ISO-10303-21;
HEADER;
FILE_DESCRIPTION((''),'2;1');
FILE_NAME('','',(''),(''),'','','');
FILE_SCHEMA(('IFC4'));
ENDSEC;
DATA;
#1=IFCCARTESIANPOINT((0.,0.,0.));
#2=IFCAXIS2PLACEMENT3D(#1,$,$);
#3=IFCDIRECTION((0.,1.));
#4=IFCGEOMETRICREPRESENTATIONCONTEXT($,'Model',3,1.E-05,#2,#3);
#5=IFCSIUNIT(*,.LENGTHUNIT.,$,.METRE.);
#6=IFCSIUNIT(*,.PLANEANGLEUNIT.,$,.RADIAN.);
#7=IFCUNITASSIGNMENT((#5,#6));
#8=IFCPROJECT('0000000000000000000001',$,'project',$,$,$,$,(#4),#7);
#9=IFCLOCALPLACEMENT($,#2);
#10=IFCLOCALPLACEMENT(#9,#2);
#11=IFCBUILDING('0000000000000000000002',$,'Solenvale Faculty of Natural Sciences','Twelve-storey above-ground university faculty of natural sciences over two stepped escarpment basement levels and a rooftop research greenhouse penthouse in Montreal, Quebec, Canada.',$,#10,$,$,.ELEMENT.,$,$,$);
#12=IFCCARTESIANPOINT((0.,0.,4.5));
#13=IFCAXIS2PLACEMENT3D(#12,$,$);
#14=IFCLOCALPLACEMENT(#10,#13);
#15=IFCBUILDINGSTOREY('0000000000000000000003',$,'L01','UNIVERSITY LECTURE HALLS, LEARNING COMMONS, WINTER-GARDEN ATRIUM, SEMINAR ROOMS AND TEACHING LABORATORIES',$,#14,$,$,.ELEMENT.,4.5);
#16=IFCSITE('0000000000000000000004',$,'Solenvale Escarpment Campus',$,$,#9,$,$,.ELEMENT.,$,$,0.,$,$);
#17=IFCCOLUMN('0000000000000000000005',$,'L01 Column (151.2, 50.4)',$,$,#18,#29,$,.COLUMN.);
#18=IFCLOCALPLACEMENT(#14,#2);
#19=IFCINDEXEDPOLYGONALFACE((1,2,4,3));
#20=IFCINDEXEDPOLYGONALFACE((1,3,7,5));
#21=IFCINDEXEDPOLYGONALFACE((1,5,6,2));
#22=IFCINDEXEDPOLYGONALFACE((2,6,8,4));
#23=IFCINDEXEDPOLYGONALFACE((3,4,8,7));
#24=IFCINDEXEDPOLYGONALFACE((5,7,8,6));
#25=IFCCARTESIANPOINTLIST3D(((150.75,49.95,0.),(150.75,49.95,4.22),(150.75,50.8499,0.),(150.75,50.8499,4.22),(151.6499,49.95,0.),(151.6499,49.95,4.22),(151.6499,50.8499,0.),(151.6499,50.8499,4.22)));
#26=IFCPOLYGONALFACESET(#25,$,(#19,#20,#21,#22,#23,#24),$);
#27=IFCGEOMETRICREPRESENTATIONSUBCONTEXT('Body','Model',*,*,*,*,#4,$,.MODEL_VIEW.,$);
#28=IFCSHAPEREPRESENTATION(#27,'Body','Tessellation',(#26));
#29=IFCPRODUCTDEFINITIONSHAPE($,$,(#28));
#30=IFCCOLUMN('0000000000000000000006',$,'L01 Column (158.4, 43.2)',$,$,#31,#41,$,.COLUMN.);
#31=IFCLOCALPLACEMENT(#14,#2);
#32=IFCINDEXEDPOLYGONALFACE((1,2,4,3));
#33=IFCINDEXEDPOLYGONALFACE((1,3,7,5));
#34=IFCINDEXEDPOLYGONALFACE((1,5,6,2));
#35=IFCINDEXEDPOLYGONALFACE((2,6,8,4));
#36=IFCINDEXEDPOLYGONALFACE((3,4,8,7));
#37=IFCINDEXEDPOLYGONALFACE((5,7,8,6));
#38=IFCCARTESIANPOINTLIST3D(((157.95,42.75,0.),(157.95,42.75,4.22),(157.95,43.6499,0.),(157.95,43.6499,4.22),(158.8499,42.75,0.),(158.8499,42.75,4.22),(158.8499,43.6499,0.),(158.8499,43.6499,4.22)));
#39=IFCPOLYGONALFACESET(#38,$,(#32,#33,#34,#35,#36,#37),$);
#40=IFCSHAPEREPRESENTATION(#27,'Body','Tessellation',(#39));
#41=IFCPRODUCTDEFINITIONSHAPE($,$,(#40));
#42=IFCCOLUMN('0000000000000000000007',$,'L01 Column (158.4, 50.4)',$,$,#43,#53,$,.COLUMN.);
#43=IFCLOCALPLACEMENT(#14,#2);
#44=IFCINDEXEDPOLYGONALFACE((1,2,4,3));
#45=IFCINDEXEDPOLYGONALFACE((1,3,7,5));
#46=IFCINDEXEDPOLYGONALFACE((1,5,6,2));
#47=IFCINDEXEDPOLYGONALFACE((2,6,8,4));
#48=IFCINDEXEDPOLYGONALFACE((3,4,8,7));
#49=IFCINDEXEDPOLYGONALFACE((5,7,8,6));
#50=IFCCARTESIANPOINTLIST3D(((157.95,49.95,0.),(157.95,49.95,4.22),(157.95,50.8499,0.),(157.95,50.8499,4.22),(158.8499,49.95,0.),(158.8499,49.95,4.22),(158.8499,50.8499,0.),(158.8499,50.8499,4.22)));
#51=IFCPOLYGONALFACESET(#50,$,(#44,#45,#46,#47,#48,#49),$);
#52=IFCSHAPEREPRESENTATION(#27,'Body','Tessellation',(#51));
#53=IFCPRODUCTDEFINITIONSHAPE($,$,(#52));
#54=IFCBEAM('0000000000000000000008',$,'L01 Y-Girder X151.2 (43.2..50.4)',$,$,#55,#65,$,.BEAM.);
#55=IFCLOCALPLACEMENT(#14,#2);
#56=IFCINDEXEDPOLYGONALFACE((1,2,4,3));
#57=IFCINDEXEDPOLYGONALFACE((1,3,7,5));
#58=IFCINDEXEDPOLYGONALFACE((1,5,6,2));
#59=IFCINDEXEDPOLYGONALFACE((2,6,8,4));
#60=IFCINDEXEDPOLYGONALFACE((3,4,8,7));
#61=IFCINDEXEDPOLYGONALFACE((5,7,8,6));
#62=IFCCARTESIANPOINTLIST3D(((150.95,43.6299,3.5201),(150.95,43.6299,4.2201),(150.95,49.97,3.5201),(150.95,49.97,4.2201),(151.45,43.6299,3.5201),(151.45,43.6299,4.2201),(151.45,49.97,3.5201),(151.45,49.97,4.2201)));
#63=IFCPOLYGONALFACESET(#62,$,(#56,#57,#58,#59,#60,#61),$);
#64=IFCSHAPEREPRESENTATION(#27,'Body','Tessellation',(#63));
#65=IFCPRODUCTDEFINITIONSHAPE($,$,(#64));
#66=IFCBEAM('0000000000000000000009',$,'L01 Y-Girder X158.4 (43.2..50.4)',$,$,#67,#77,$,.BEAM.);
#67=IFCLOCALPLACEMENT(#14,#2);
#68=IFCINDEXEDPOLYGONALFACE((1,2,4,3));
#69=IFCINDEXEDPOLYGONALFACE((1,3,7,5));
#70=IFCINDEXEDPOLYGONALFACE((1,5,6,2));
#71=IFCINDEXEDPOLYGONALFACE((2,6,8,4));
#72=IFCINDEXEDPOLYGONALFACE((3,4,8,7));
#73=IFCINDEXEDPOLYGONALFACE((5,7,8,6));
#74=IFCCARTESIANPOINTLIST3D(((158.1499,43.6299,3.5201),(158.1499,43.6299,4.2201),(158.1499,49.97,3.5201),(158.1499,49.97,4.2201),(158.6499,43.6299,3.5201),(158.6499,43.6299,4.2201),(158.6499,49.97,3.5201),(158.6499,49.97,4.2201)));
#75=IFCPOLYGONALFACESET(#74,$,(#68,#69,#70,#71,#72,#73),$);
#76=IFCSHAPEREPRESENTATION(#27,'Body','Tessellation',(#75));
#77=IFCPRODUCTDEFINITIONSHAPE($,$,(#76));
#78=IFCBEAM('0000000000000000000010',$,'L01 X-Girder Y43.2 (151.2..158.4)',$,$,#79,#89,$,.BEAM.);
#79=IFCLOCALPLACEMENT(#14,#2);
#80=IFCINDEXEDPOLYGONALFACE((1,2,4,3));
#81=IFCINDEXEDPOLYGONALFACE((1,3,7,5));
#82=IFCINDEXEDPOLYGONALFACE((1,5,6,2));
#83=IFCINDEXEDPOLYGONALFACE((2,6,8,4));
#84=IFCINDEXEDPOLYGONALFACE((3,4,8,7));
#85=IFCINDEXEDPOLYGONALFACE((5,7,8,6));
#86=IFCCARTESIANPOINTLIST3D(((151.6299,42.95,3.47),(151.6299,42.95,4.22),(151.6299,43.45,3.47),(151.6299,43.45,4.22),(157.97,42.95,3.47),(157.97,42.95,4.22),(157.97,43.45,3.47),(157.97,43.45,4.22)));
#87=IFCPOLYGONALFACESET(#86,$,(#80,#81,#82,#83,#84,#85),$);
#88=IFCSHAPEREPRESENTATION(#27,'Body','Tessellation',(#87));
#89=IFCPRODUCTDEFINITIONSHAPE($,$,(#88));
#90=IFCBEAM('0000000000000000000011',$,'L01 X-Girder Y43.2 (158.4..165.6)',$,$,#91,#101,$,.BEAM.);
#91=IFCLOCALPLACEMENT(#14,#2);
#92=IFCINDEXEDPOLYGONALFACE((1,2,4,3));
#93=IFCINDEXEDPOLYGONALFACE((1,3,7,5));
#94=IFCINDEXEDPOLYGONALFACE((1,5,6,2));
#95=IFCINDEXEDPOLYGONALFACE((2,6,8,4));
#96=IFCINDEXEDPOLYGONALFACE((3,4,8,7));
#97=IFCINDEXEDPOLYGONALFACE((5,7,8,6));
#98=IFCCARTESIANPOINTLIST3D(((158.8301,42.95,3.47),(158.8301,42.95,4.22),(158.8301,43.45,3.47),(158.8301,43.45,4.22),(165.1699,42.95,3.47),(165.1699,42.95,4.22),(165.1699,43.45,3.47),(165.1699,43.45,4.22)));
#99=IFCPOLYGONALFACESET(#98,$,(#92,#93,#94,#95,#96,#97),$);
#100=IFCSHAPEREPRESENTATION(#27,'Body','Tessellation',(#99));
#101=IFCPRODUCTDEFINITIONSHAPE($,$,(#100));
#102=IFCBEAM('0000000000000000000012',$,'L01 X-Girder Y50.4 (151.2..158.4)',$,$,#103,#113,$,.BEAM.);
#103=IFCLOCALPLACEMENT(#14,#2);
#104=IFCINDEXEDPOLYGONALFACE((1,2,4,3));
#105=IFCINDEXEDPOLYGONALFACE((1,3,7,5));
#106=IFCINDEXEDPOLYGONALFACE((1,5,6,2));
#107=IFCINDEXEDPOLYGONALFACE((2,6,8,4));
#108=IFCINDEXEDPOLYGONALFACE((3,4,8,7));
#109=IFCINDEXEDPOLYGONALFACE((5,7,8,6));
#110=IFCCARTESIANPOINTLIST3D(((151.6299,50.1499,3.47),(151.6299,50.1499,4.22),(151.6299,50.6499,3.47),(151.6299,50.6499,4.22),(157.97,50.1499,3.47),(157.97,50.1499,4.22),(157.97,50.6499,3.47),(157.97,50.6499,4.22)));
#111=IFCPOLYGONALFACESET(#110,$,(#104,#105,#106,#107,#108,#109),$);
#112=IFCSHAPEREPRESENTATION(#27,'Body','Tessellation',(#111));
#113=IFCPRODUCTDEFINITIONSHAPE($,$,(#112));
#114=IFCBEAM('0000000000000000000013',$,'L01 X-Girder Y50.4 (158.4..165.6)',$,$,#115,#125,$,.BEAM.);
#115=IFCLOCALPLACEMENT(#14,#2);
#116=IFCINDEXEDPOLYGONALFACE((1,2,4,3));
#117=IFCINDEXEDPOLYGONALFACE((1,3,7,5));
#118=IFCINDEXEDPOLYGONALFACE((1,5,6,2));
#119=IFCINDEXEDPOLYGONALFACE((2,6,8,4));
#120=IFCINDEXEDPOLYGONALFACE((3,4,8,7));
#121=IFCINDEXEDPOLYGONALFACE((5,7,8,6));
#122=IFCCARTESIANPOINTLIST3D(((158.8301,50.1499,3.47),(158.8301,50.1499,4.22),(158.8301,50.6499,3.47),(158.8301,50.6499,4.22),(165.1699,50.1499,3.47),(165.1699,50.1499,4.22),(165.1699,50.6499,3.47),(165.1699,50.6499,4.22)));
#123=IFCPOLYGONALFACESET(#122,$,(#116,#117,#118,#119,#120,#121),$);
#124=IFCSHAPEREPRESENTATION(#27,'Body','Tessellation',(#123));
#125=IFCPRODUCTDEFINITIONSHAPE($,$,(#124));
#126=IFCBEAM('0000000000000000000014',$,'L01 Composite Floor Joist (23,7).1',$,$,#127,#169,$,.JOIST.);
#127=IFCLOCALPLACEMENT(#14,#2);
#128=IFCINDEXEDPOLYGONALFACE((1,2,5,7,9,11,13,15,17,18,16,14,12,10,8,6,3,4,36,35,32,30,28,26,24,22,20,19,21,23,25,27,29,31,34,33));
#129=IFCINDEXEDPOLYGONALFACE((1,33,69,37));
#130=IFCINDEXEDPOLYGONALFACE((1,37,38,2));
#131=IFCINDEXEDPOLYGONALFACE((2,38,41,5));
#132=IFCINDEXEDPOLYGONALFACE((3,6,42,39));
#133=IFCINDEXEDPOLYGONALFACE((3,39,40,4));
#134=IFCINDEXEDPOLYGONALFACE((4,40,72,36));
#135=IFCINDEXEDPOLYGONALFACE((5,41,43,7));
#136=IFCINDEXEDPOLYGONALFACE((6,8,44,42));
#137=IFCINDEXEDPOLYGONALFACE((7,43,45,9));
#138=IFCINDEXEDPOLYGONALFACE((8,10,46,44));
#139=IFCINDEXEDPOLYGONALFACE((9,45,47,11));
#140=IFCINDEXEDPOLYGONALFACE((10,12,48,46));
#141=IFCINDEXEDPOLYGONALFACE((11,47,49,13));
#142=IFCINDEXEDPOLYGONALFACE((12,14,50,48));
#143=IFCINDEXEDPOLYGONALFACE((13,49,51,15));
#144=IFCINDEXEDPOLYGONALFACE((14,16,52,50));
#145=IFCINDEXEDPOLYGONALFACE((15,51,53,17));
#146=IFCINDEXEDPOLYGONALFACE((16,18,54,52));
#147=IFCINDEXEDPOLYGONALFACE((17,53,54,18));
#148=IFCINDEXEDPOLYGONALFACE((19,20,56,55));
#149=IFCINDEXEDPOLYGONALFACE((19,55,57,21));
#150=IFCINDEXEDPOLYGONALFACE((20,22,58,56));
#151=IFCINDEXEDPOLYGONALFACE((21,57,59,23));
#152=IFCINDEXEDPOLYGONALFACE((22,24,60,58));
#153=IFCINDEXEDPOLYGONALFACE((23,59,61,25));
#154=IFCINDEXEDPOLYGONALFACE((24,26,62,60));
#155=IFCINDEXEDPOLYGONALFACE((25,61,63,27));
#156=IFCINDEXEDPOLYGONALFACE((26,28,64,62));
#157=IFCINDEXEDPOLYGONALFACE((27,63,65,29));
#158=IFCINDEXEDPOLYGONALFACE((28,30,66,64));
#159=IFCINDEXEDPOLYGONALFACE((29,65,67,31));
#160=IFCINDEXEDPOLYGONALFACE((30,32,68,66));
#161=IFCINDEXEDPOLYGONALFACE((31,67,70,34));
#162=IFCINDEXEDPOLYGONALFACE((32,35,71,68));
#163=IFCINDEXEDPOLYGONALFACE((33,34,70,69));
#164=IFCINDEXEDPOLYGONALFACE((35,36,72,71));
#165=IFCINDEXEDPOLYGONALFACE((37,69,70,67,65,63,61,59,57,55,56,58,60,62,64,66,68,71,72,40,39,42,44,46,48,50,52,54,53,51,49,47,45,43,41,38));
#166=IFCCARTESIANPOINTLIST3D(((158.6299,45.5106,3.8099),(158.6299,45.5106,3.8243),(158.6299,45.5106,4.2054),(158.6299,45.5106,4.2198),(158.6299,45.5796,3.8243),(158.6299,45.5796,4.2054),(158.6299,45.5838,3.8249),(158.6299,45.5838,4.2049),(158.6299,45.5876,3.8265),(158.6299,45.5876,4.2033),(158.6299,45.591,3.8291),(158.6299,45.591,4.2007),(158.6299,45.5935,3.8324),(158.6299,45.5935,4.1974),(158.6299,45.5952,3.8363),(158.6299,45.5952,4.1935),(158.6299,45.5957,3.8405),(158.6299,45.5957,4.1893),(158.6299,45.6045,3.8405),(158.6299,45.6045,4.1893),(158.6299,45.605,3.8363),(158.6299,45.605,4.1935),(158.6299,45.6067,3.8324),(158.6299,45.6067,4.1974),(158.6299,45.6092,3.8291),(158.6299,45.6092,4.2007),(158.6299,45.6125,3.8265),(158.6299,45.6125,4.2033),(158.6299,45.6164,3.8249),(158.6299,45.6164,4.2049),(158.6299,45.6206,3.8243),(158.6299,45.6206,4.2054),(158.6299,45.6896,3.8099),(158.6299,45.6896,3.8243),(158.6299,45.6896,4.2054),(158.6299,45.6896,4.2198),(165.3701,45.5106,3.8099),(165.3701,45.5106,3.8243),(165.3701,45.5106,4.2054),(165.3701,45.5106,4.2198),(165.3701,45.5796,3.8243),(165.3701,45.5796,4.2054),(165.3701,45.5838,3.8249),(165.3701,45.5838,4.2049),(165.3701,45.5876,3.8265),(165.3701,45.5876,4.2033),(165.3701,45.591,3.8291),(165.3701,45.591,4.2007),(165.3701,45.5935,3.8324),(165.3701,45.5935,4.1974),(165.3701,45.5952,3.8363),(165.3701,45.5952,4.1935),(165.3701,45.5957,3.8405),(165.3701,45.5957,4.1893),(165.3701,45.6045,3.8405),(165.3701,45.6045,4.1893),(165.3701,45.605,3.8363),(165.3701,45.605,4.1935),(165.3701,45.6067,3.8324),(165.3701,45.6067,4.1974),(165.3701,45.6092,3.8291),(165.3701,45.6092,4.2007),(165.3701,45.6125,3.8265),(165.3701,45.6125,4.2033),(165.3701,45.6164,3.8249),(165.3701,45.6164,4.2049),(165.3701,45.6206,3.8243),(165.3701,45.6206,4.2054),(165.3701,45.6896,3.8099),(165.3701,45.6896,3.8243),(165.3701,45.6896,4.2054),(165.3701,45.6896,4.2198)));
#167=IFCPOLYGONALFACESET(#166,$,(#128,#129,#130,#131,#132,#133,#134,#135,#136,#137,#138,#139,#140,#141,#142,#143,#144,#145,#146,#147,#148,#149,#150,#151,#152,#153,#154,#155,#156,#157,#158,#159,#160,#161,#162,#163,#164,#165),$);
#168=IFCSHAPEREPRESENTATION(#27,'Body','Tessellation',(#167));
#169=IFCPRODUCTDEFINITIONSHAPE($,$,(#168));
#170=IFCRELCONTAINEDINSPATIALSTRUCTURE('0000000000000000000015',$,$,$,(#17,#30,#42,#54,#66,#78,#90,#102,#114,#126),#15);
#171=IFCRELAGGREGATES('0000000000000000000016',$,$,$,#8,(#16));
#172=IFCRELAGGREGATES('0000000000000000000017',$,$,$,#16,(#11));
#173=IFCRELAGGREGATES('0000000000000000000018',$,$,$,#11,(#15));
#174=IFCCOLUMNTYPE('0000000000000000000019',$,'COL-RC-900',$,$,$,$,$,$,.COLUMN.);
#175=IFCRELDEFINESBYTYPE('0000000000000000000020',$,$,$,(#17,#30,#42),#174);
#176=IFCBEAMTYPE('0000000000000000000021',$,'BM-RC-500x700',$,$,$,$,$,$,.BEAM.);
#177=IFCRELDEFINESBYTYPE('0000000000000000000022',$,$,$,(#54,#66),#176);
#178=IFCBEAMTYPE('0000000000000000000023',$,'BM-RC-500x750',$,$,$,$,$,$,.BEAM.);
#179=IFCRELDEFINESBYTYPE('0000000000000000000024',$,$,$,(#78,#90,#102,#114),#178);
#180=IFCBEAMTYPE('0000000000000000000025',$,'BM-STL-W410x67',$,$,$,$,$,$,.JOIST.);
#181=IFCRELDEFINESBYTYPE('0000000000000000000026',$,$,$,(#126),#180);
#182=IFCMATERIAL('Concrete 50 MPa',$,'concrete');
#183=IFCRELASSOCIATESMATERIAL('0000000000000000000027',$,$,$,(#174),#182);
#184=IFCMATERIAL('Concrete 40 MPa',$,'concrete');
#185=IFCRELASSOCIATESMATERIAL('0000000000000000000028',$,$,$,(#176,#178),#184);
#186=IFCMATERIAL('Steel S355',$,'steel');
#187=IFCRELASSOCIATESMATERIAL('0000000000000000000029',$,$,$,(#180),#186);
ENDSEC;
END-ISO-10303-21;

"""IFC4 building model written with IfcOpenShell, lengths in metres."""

from ifc_helpers import new_model, si_unit, direction, frame, origin, origin_2d, place, context, subcontext, project, spatial, rectangle, i_section, extrude, material, material_profile, profile_set, type_object, element, save


model = new_model("IFC4")

# Units and contexts
model_context = context("Model", 3, precision=1e-05, world=origin(), true_north=direction((0.0, 1.0)))
body_context = subcontext(model_context, "Body", "Model", "MODEL_VIEW")
ifc_project = project(units=[si_unit("LENGTHUNIT", "METRE"), si_unit("PLANEANGLEUNIT", "RADIAN")], contexts=[model_context])

# Site, building, storey
site_placement = place(None, origin())
site = spatial("IfcSite", under=ifc_project, at=site_placement, Name="Solenvale Escarpment Campus", CompositionType="ELEMENT", RefElevation=0.0)
building_placement = place(site_placement, origin())
building = spatial("IfcBuilding", under=site, at=building_placement, Name="Solenvale Faculty of Natural Sciences", Description="Twelve-storey above-ground university faculty of natural sciences over two stepped escarpment basement levels and a rooftop research greenhouse penthouse in Montreal, Quebec, Canada.", CompositionType="ELEMENT")
storey_placement = place(building_placement, frame((0.0, 0.0, 4.5)))
storey = spatial("IfcBuildingStorey", under=building, at=storey_placement, Name="L01", Description="UNIVERSITY LECTURE HALLS, LEARNING COMMONS, WINTER-GARDEN ATRIUM, SEMINAR ROOMS AND TEACHING LABORATORIES", CompositionType="ELEMENT", Elevation=4.5)

# Columns
ifc_material_1 = material(Name="Concrete 50 MPa", Category="concrete")
ifc_material_profile_1 = material_profile(ifc_material_1, rectangle(XDim=0.8999, YDim=0.8999, at=origin_2d()), Name="RC-COL-900x900")
ifc_profile_set_1 = profile_set([ifc_material_profile_1], Name="Concrete 50 MPa")
column_type = type_object("IfcColumnType", Name="COL-RC-900", PredefinedType="COLUMN", material=ifc_profile_set_1)
for number, where, z_axis, x_axis, name in (
    (1, (151.2, 50.3999, 0.0), (0.0, 0.0, 1.0), (1.0, 0.0, 0.0), "L01 Column (151.2, 50.4)"),
    (2, (158.3999, 43.2, 0.0), (0.0, 0.0, 1.0), (1.0, 0.0, 0.0), "L01 Column (158.4, 43.2)"),
    (3, (158.3999, 50.3999, 0.0), (0.0, 0.0, 1.0), (1.0, 0.0, 0.0), "L01 Column (158.4, 50.4)"),
):
    element("IfcColumn", number, at=place(storey_placement, frame(where, z_axis=z_axis, x_axis=x_axis)), inside=storey, type_object=column_type, Name=name, PredefinedType="COLUMN", context=body_context, shape_type="SweptSolid", body=[
        extrude(rectangle(XDim=0.8999, YDim=0.8999, at=origin_2d()), origin(), (0.0, 0.0, 1.0), 4.22),
    ])

# Beams
ifc_material_2 = material(Name="Concrete 40 MPa", Category="concrete")
ifc_material_profile_2 = material_profile(ifc_material_2, rectangle(XDim=0.5, YDim=0.7, at=origin_2d()), Name="RC-BM-500x700")
ifc_profile_set_2 = profile_set([ifc_material_profile_2], Name="Concrete 40 MPa")
beam_type_1 = type_object("IfcBeamType", Name="BM-RC-500x700", PredefinedType="BEAM", material=ifc_profile_set_2)
for number, where, z_axis, x_axis, name in (
    (4, (151.2, 43.6299, 3.8701), (0.0, 1.0, 0.0), (-1.0, 0.0, 0.0), "L01 Y-Girder X151.2 (43.2..50.4)"),
    (5, (158.3999, 43.6299, 3.8701), (0.0, 1.0, 0.0), (-1.0, 0.0, 0.0), "L01 Y-Girder X158.4 (43.2..50.4)"),
):
    element("IfcBeam", number, at=place(storey_placement, frame(where, z_axis=z_axis, x_axis=x_axis)), inside=storey, type_object=beam_type_1, Name=name, PredefinedType="BEAM", context=body_context, shape_type="SweptSolid", body=[
        extrude(rectangle(XDim=0.5, YDim=0.7, at=origin_2d()), origin(), (0.0, 0.0, 1.0), 6.3401),
    ])
ifc_material_profile_3 = material_profile(ifc_material_2, rectangle(XDim=0.5, YDim=0.75, at=origin_2d()), Name="RC-BM-500x750")
ifc_profile_set_3 = profile_set([ifc_material_profile_3], Name="Concrete 40 MPa")
beam_type_2 = type_object("IfcBeamType", Name="BM-RC-500x750", PredefinedType="BEAM", material=ifc_profile_set_3)
beam_1_placement = place(storey_placement, frame((151.6299, 43.2, 3.845), z_axis=(1.0, 0.0, 0.0), x_axis=(0.0, 1.0, 0.0)))
element("IfcBeam", 6, at=beam_1_placement, inside=storey, type_object=beam_type_2, Name="L01 X-Girder Y43.2 (151.2..158.4)", PredefinedType="BEAM", context=body_context, shape_type="SweptSolid", body=[
    extrude(rectangle(XDim=0.5, YDim=0.75, at=origin_2d()), origin(), (0.0, 0.0, 1.0), 6.3401),
])
beam_2_placement = place(storey_placement, frame((158.8301, 43.2, 3.845), z_axis=(1.0, 0.0, 0.0), x_axis=(0.0, 1.0, 0.0)))
element("IfcBeam", 7, at=beam_2_placement, inside=storey, type_object=beam_type_2, Name="L01 X-Girder Y43.2 (158.4..165.6)", PredefinedType="BEAM", context=body_context, shape_type="SweptSolid", body=[
    extrude(rectangle(XDim=0.5, YDim=0.75, at=origin_2d()), origin(), (0.0, 0.0, 1.0), 6.3398),
])
beam_3_placement = place(storey_placement, frame((151.6299, 50.3999, 3.845), z_axis=(1.0, 0.0, 0.0), x_axis=(0.0, 1.0, 0.0)))
element("IfcBeam", 8, at=beam_3_placement, inside=storey, type_object=beam_type_2, Name="L01 X-Girder Y50.4 (151.2..158.4)", PredefinedType="BEAM", context=body_context, shape_type="SweptSolid", body=[
    extrude(rectangle(XDim=0.5, YDim=0.75, at=origin_2d()), origin(), (0.0, 0.0, 1.0), 6.3401),
])
beam_4_placement = place(storey_placement, frame((158.8301, 50.3999, 3.845), z_axis=(1.0, 0.0, 0.0), x_axis=(0.0, 1.0, 0.0)))
element("IfcBeam", 9, at=beam_4_placement, inside=storey, type_object=beam_type_2, Name="L01 X-Girder Y50.4 (158.4..165.6)", PredefinedType="BEAM", context=body_context, shape_type="SweptSolid", body=[
    extrude(rectangle(XDim=0.5, YDim=0.75, at=origin_2d()), origin(), (0.0, 0.0, 1.0), 6.3398),
])
ifc_material_3 = material(Name="Steel S355", Category="steel")
ifc_material_profile_4 = material_profile(ifc_material_3, i_section(OverallWidth=0.179, OverallDepth=0.4099, WebThickness=0.0088, FlangeThickness=0.0144, FilletRadius=0.0161, at=origin_2d()), Name="W410x67")
ifc_profile_set_4 = profile_set([ifc_material_profile_4], Name="Steel S355")
beam_type_3 = type_object("IfcBeamType", Name="BM-STL-W410x67", PredefinedType="JOIST", material=ifc_profile_set_4)
for number, where, z_axis, x_axis, name in (
    (10, (158.6299, 45.6001, 4.0149), (1.0, 0.0, 0.0), (0.0, 1.0, 0.0), "L01 Composite Floor Joist (23,7).1"),
):
    element("IfcBeam", number, at=place(storey_placement, frame(where, z_axis=z_axis, x_axis=x_axis)), inside=storey, type_object=beam_type_3, Name=name, PredefinedType="JOIST", context=body_context, shape_type="SweptSolid", body=[
        extrude(i_section(OverallWidth=0.179, OverallDepth=0.4099, WebThickness=0.0088, FlangeThickness=0.0144, FilletRadius=0.0161, at=origin_2d()), origin(), (0.0, 0.0, 1.0), 6.7402),
    ])

save(model, "model.ifc")
